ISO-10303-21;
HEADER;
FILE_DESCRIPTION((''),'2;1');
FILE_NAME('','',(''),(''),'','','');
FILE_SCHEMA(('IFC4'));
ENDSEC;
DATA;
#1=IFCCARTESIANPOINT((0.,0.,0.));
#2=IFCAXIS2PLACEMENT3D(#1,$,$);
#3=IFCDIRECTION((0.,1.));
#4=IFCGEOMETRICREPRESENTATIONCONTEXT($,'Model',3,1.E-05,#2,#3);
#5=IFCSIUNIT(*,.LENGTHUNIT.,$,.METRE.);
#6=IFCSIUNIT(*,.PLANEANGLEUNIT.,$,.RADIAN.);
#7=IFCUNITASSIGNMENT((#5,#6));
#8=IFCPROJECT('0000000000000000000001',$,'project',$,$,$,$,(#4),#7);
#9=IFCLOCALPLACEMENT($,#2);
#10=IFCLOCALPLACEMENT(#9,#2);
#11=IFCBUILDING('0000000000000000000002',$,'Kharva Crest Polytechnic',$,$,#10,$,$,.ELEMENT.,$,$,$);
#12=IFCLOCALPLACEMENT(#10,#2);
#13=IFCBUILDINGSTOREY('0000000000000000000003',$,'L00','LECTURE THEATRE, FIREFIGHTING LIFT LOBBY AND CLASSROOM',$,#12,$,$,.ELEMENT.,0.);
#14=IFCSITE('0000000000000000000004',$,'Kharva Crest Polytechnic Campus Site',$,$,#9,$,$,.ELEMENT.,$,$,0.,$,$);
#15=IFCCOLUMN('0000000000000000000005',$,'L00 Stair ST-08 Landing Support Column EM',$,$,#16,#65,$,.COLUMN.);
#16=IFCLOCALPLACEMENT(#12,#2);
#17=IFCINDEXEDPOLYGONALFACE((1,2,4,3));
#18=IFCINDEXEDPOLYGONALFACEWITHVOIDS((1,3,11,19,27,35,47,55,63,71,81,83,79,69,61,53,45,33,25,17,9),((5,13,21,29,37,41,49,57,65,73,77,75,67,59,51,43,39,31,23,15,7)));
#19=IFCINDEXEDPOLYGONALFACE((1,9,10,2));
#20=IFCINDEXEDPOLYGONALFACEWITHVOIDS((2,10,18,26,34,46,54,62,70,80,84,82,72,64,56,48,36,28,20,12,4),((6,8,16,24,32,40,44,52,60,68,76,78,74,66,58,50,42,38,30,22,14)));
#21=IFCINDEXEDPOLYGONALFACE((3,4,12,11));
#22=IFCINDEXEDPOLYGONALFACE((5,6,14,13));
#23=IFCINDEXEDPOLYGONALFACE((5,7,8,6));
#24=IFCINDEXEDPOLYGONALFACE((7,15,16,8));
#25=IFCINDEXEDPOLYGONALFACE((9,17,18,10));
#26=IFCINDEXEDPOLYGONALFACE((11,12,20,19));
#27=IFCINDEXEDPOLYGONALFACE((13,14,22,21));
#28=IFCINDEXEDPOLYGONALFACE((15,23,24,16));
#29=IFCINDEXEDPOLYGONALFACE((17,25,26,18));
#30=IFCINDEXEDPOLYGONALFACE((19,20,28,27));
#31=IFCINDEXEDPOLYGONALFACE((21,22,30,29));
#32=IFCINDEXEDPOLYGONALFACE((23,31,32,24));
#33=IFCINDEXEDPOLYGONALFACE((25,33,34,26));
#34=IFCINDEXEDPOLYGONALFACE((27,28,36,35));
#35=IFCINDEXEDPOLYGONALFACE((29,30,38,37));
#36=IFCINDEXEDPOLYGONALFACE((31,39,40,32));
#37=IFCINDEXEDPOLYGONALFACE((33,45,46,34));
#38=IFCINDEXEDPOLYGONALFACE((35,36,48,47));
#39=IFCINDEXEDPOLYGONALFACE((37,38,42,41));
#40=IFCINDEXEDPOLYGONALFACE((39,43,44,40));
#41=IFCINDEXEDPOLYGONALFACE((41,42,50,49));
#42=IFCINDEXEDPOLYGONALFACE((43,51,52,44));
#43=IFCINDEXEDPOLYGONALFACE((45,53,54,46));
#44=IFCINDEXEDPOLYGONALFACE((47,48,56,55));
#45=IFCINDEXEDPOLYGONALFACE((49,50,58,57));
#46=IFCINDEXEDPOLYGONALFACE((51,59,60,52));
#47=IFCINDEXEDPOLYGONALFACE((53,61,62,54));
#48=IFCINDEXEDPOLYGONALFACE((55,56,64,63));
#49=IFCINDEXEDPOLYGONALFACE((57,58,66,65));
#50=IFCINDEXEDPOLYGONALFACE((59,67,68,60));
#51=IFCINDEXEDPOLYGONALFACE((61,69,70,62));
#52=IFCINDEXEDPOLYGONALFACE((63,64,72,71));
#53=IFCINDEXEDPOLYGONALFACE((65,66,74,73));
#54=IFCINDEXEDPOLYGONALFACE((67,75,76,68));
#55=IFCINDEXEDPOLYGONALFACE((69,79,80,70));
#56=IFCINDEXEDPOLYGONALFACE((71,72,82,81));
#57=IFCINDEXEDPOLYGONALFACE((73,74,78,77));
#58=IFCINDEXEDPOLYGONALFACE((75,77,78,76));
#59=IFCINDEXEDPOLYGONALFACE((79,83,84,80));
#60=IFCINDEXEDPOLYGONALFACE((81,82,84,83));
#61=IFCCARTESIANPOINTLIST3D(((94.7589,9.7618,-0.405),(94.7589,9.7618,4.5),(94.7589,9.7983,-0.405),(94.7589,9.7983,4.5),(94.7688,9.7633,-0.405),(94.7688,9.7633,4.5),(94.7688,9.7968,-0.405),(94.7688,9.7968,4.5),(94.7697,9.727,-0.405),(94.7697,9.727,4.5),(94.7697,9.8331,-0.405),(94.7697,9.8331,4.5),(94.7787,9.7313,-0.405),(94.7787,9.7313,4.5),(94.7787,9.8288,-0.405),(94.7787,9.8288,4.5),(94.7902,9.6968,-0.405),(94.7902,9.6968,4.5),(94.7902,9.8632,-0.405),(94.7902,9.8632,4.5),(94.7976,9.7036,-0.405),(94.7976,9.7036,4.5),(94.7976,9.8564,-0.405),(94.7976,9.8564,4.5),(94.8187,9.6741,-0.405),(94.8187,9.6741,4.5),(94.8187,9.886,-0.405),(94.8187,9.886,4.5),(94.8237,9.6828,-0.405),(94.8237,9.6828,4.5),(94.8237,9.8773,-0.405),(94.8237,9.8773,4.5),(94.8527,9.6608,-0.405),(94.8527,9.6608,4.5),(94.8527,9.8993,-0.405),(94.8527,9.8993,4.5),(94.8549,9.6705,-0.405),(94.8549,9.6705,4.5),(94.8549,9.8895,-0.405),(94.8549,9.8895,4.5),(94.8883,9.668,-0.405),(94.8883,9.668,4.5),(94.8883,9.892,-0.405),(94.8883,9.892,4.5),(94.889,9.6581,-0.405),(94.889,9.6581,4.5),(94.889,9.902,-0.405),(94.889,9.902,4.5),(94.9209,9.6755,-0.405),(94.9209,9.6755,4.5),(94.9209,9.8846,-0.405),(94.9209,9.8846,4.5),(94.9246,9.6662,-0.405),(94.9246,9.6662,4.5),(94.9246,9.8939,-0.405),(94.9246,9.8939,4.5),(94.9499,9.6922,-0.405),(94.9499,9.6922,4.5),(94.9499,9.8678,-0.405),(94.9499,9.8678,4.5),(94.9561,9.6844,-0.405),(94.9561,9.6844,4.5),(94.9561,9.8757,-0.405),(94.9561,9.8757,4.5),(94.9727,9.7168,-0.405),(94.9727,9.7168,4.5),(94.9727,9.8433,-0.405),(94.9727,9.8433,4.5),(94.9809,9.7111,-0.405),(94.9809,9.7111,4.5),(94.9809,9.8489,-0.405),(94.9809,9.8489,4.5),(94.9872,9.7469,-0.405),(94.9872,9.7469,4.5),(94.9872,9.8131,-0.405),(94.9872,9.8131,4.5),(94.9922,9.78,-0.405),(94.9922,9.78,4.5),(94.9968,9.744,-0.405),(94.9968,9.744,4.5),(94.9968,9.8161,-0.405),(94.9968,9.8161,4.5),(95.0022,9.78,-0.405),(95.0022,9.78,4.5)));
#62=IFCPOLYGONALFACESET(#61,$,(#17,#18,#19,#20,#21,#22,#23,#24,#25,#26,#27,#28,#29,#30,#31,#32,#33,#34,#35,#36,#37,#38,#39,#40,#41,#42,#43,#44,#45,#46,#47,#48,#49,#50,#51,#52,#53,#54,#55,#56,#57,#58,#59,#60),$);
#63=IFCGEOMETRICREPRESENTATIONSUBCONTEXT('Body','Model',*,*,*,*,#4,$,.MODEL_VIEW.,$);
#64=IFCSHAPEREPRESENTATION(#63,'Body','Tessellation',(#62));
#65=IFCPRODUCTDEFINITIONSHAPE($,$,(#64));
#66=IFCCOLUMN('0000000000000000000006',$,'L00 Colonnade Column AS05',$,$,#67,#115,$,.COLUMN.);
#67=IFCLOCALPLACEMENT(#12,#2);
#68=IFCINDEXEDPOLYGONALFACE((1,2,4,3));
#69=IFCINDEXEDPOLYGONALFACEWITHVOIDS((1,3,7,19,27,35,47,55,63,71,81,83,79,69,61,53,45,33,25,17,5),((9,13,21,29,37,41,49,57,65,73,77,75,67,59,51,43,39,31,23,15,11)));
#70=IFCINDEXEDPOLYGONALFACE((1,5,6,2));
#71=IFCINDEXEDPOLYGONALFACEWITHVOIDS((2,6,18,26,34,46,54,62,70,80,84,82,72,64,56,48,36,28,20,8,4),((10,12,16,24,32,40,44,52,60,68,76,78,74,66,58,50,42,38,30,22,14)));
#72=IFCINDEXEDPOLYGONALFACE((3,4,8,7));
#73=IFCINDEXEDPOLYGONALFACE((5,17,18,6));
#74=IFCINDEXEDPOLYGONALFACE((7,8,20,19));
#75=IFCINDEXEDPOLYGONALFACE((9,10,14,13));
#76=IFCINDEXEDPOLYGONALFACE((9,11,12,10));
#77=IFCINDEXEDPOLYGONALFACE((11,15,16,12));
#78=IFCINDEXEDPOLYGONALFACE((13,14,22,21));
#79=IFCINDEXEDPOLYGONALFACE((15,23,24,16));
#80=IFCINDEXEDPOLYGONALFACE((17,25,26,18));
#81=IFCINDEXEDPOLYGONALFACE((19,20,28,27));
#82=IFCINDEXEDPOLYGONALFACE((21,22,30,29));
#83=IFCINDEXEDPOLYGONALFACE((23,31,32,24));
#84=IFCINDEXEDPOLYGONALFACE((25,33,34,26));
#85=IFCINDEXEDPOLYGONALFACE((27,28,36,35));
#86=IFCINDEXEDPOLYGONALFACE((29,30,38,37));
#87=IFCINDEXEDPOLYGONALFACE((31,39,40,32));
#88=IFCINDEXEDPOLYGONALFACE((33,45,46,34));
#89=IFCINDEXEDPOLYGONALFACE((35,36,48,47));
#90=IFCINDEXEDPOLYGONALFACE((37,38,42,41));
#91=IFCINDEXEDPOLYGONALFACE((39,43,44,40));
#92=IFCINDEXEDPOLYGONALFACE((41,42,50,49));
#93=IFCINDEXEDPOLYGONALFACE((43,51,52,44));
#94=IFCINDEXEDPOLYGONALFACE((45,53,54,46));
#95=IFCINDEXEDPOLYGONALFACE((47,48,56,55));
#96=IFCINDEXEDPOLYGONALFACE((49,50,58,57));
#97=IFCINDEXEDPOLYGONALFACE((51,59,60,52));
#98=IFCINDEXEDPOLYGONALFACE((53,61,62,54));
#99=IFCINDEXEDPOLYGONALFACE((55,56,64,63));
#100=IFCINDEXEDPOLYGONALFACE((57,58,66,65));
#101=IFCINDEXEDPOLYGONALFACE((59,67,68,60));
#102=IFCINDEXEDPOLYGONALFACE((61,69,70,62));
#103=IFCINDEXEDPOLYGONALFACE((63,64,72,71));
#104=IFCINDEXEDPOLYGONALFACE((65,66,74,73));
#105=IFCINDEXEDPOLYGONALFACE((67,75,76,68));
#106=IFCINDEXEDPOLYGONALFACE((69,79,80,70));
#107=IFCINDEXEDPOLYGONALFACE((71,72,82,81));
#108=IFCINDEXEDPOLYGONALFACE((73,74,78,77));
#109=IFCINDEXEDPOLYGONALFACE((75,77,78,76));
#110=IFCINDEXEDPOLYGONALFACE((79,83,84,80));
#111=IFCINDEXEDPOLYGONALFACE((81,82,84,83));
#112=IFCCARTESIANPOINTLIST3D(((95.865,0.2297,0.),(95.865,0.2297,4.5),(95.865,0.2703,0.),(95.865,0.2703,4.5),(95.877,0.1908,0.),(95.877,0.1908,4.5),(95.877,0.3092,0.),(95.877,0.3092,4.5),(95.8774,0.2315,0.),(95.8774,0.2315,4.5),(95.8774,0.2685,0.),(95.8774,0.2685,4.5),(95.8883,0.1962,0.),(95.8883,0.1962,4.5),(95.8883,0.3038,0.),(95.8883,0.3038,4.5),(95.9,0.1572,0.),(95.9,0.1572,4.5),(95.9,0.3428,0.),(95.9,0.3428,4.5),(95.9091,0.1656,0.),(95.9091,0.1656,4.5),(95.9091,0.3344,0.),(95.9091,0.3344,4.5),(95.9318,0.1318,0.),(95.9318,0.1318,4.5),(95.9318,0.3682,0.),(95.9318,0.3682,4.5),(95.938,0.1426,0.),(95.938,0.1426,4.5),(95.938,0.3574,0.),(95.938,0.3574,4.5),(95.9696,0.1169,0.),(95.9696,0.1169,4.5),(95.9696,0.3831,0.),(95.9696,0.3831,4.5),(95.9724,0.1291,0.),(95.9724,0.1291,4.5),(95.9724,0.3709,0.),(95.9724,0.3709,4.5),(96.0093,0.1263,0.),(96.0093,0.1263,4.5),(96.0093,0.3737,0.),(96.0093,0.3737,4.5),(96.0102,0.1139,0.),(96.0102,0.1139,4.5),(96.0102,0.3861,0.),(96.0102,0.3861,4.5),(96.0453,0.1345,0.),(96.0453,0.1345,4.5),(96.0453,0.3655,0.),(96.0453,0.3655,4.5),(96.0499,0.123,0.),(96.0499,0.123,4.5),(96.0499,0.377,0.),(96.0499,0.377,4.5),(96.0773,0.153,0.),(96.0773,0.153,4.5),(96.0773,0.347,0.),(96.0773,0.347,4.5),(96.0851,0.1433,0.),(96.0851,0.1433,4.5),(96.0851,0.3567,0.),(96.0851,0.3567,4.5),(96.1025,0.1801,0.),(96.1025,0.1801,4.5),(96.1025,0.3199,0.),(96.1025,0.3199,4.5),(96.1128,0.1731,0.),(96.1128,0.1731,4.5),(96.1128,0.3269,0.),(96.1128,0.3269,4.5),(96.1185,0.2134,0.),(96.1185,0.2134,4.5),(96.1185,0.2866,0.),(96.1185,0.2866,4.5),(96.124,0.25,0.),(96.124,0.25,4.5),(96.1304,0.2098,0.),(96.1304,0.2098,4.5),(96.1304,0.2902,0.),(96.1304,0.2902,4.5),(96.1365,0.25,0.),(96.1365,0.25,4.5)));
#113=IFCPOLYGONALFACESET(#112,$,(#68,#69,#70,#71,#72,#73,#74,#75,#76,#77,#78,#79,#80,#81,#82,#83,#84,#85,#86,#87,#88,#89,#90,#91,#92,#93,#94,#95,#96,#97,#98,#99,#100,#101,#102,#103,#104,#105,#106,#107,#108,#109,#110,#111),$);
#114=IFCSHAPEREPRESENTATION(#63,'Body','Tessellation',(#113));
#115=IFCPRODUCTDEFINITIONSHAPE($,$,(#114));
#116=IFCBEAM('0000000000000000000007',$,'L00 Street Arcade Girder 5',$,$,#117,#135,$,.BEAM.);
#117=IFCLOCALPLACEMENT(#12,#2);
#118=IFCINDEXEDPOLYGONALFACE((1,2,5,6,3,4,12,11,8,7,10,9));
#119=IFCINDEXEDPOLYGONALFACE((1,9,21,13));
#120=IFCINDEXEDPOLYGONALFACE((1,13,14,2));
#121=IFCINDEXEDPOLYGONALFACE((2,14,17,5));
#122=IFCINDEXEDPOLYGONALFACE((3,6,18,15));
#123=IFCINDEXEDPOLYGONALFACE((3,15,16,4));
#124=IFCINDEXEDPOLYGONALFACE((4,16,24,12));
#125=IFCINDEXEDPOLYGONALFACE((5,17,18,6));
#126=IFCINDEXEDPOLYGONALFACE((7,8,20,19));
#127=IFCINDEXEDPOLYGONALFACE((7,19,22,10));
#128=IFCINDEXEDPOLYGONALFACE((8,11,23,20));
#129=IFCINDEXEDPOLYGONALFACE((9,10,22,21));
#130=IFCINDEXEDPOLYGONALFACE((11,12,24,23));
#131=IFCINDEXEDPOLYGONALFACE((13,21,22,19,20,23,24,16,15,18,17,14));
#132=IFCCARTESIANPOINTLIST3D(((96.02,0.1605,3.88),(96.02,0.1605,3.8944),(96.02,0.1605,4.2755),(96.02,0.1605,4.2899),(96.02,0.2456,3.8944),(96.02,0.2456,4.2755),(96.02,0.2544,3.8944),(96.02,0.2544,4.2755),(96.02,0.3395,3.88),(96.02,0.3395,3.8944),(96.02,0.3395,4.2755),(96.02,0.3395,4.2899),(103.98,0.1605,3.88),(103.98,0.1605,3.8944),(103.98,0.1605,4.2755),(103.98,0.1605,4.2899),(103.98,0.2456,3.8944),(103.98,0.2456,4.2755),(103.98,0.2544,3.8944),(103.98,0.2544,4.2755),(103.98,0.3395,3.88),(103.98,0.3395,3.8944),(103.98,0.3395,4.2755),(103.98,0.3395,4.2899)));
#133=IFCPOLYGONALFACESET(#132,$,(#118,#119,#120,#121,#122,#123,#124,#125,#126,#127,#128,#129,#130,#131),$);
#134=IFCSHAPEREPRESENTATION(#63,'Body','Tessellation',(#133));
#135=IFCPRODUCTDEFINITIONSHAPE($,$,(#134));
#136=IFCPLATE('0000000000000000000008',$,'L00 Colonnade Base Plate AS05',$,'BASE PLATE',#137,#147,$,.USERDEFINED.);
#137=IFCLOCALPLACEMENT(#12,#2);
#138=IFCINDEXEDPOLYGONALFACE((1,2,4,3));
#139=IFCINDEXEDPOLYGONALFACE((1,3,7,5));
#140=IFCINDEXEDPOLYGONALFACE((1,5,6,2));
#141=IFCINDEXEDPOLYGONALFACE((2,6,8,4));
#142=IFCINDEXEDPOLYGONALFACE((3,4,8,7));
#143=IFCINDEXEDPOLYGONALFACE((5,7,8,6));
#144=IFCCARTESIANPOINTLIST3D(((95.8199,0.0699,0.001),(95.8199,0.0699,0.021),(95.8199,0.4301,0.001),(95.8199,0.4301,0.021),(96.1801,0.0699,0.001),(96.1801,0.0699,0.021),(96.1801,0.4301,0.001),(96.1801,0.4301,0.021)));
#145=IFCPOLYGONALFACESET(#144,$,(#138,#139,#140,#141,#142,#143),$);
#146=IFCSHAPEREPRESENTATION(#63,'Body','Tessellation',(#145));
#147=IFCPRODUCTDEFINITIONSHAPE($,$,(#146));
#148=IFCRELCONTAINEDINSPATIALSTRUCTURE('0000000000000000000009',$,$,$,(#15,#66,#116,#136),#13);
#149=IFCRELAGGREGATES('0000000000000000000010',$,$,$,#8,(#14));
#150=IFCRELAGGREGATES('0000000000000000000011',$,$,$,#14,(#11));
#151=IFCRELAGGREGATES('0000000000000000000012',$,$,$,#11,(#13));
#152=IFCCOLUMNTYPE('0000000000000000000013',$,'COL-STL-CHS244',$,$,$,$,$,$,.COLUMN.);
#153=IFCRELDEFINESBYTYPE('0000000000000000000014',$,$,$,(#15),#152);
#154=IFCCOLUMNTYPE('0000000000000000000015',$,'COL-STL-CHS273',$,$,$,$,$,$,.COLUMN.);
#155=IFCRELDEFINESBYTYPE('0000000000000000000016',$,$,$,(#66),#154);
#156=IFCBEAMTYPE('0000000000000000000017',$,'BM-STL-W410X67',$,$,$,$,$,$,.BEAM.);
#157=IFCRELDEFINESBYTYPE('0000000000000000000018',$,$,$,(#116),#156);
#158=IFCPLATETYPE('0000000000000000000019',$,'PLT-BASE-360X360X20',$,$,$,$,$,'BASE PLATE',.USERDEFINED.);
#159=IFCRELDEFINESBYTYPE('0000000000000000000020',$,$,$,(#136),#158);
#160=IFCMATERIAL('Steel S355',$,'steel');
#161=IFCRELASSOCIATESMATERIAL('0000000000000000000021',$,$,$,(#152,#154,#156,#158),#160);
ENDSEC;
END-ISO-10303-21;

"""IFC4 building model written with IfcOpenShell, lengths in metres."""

from ifc_helpers import new_model, si_unit, direction, frame, origin, origin_2d, place, context, subcontext, project, spatial, rectangle, hollow_circle, i_section, extrude, material, material_profile, profile_set, type_object, element, save


model = new_model("IFC4")

# Units and contexts
model_context = context("Model", 3, precision=1e-05, world=origin(), true_north=direction((0.0, 1.0)))
body_context = subcontext(model_context, "Body", "Model", "MODEL_VIEW")
ifc_project = project(units=[si_unit("LENGTHUNIT", "METRE"), si_unit("PLANEANGLEUNIT", "RADIAN")], contexts=[model_context])

# Site, building, storey
site_placement = place(None, origin())
site = spatial("IfcSite", under=ifc_project, at=site_placement, Name="Kharva Crest Polytechnic Campus Site", CompositionType="ELEMENT", RefElevation=0.0)
building_placement = place(site_placement, origin())
building = spatial("IfcBuilding", under=site, at=building_placement, Name="Kharva Crest Polytechnic", CompositionType="ELEMENT")
storey_placement = place(building_placement, origin())
storey = spatial("IfcBuildingStorey", under=building, at=storey_placement, Name="L00", Description="LECTURE THEATRE, FIREFIGHTING LIFT LOBBY AND CLASSROOM", CompositionType="ELEMENT", Elevation=0.0)

# Columns
ifc_material_1 = material(Name="Steel S355", Category="steel")
ifc_material_profile_1 = material_profile(ifc_material_1, hollow_circle(Radius=0.1223, WallThickness=0.01, at=origin_2d()), Name="CHS 244.5X10.0")
ifc_profile_set_1 = profile_set([ifc_material_profile_1], Name="Steel S355")
column_type_1 = type_object("IfcColumnType", Name="COL-STL-CHS244", PredefinedType="COLUMN", material=ifc_profile_set_1)
for number, where, z_axis, x_axis, name in (
    (1, (94.8799, 9.78, -0.405), (0.0, 0.0, 1.0), (1.0, 0.0, 0.0), "L00 Stair ST-08 Landing Support Column EM"),
):
    element("IfcColumn", number, at=place(storey_placement, frame(where, z_axis=z_axis, x_axis=x_axis)), inside=storey, type_object=column_type_1, Name=name, PredefinedType="COLUMN", context=body_context, shape_type="SweptSolid", body=[
        extrude(hollow_circle(Radius=0.1223, WallThickness=0.01, at=origin_2d()), origin(), (0.0, 0.0, 1.0), 4.905),
    ])
ifc_material_profile_2 = material_profile(ifc_material_1, hollow_circle(Radius=0.1365, WallThickness=0.0125, at=origin_2d()), Name="CHS 273.0X12.5")
ifc_profile_set_2 = profile_set([ifc_material_profile_2], Name="Steel S355")
column_type_2 = type_object("IfcColumnType", Name="COL-STL-CHS273", PredefinedType="COLUMN", material=ifc_profile_set_2)
column_1_placement = place(storey_placement, frame((96.0, 0.25, 0.0), z_axis=(0.0, 0.0, 1.0), x_axis=(1.0, 0.0, 0.0)))
element("IfcColumn", 2, at=column_1_placement, inside=storey, type_object=column_type_2, Name="L00 Colonnade Column AS05", PredefinedType="COLUMN", context=body_context, shape_type="SweptSolid", body=[
    extrude(hollow_circle(Radius=0.1365, WallThickness=0.0125, at=origin_2d()), origin(), (0.0, 0.0, 1.0), 4.5),
])

# Beam
ifc_material_profile_3 = material_profile(ifc_material_1, i_section(OverallWidth=0.179, OverallDepth=0.4099, WebThickness=0.0088, FlangeThickness=0.0144, at=origin_2d()), Name="W410X67")
ifc_profile_set_3 = profile_set([ifc_material_profile_3], Name="Steel S355")
beam_type = type_object("IfcBeamType", Name="BM-STL-W410X67", PredefinedType="BEAM", material=ifc_profile_set_3)
beam_placement = place(storey_placement, frame((96.02, 0.25, 4.085), z_axis=(1.0, 0.0, 0.0), x_axis=(0.0, 1.0, 0.0)))
element("IfcBeam", 3, at=beam_placement, inside=storey, type_object=beam_type, Name="L00 Street Arcade Girder 5", PredefinedType="BEAM", context=body_context, shape_type="SweptSolid", body=[
    extrude(i_section(OverallWidth=0.179, OverallDepth=0.4099, WebThickness=0.0088, FlangeThickness=0.0144, at=origin_2d()), origin(), (0.0, 0.0, 1.0), 7.96),
])

# Plate
plate_type = type_object("IfcPlateType", Name="PLT-BASE-360X360X20", ElementType="BASE PLATE", PredefinedType="USERDEFINED", material=ifc_material_1)
plate_placement = place(storey_placement, frame((96.0, 0.25, 0.001), z_axis=(0.0, 0.0, 1.0), x_axis=(1.0, 0.0, 0.0)))
element("IfcPlate", 4, at=plate_placement, inside=storey, type_object=plate_type, Name="L00 Colonnade Base Plate AS05", ObjectType="BASE PLATE", PredefinedType="USERDEFINED", context=body_context, shape_type="SweptSolid", body=[
    extrude(rectangle(XDim=0.3601, YDim=0.3601, at=origin_2d()), origin(), (0.0, 0.0, 1.0), 0.02),
])

save(model, "model.ifc")
